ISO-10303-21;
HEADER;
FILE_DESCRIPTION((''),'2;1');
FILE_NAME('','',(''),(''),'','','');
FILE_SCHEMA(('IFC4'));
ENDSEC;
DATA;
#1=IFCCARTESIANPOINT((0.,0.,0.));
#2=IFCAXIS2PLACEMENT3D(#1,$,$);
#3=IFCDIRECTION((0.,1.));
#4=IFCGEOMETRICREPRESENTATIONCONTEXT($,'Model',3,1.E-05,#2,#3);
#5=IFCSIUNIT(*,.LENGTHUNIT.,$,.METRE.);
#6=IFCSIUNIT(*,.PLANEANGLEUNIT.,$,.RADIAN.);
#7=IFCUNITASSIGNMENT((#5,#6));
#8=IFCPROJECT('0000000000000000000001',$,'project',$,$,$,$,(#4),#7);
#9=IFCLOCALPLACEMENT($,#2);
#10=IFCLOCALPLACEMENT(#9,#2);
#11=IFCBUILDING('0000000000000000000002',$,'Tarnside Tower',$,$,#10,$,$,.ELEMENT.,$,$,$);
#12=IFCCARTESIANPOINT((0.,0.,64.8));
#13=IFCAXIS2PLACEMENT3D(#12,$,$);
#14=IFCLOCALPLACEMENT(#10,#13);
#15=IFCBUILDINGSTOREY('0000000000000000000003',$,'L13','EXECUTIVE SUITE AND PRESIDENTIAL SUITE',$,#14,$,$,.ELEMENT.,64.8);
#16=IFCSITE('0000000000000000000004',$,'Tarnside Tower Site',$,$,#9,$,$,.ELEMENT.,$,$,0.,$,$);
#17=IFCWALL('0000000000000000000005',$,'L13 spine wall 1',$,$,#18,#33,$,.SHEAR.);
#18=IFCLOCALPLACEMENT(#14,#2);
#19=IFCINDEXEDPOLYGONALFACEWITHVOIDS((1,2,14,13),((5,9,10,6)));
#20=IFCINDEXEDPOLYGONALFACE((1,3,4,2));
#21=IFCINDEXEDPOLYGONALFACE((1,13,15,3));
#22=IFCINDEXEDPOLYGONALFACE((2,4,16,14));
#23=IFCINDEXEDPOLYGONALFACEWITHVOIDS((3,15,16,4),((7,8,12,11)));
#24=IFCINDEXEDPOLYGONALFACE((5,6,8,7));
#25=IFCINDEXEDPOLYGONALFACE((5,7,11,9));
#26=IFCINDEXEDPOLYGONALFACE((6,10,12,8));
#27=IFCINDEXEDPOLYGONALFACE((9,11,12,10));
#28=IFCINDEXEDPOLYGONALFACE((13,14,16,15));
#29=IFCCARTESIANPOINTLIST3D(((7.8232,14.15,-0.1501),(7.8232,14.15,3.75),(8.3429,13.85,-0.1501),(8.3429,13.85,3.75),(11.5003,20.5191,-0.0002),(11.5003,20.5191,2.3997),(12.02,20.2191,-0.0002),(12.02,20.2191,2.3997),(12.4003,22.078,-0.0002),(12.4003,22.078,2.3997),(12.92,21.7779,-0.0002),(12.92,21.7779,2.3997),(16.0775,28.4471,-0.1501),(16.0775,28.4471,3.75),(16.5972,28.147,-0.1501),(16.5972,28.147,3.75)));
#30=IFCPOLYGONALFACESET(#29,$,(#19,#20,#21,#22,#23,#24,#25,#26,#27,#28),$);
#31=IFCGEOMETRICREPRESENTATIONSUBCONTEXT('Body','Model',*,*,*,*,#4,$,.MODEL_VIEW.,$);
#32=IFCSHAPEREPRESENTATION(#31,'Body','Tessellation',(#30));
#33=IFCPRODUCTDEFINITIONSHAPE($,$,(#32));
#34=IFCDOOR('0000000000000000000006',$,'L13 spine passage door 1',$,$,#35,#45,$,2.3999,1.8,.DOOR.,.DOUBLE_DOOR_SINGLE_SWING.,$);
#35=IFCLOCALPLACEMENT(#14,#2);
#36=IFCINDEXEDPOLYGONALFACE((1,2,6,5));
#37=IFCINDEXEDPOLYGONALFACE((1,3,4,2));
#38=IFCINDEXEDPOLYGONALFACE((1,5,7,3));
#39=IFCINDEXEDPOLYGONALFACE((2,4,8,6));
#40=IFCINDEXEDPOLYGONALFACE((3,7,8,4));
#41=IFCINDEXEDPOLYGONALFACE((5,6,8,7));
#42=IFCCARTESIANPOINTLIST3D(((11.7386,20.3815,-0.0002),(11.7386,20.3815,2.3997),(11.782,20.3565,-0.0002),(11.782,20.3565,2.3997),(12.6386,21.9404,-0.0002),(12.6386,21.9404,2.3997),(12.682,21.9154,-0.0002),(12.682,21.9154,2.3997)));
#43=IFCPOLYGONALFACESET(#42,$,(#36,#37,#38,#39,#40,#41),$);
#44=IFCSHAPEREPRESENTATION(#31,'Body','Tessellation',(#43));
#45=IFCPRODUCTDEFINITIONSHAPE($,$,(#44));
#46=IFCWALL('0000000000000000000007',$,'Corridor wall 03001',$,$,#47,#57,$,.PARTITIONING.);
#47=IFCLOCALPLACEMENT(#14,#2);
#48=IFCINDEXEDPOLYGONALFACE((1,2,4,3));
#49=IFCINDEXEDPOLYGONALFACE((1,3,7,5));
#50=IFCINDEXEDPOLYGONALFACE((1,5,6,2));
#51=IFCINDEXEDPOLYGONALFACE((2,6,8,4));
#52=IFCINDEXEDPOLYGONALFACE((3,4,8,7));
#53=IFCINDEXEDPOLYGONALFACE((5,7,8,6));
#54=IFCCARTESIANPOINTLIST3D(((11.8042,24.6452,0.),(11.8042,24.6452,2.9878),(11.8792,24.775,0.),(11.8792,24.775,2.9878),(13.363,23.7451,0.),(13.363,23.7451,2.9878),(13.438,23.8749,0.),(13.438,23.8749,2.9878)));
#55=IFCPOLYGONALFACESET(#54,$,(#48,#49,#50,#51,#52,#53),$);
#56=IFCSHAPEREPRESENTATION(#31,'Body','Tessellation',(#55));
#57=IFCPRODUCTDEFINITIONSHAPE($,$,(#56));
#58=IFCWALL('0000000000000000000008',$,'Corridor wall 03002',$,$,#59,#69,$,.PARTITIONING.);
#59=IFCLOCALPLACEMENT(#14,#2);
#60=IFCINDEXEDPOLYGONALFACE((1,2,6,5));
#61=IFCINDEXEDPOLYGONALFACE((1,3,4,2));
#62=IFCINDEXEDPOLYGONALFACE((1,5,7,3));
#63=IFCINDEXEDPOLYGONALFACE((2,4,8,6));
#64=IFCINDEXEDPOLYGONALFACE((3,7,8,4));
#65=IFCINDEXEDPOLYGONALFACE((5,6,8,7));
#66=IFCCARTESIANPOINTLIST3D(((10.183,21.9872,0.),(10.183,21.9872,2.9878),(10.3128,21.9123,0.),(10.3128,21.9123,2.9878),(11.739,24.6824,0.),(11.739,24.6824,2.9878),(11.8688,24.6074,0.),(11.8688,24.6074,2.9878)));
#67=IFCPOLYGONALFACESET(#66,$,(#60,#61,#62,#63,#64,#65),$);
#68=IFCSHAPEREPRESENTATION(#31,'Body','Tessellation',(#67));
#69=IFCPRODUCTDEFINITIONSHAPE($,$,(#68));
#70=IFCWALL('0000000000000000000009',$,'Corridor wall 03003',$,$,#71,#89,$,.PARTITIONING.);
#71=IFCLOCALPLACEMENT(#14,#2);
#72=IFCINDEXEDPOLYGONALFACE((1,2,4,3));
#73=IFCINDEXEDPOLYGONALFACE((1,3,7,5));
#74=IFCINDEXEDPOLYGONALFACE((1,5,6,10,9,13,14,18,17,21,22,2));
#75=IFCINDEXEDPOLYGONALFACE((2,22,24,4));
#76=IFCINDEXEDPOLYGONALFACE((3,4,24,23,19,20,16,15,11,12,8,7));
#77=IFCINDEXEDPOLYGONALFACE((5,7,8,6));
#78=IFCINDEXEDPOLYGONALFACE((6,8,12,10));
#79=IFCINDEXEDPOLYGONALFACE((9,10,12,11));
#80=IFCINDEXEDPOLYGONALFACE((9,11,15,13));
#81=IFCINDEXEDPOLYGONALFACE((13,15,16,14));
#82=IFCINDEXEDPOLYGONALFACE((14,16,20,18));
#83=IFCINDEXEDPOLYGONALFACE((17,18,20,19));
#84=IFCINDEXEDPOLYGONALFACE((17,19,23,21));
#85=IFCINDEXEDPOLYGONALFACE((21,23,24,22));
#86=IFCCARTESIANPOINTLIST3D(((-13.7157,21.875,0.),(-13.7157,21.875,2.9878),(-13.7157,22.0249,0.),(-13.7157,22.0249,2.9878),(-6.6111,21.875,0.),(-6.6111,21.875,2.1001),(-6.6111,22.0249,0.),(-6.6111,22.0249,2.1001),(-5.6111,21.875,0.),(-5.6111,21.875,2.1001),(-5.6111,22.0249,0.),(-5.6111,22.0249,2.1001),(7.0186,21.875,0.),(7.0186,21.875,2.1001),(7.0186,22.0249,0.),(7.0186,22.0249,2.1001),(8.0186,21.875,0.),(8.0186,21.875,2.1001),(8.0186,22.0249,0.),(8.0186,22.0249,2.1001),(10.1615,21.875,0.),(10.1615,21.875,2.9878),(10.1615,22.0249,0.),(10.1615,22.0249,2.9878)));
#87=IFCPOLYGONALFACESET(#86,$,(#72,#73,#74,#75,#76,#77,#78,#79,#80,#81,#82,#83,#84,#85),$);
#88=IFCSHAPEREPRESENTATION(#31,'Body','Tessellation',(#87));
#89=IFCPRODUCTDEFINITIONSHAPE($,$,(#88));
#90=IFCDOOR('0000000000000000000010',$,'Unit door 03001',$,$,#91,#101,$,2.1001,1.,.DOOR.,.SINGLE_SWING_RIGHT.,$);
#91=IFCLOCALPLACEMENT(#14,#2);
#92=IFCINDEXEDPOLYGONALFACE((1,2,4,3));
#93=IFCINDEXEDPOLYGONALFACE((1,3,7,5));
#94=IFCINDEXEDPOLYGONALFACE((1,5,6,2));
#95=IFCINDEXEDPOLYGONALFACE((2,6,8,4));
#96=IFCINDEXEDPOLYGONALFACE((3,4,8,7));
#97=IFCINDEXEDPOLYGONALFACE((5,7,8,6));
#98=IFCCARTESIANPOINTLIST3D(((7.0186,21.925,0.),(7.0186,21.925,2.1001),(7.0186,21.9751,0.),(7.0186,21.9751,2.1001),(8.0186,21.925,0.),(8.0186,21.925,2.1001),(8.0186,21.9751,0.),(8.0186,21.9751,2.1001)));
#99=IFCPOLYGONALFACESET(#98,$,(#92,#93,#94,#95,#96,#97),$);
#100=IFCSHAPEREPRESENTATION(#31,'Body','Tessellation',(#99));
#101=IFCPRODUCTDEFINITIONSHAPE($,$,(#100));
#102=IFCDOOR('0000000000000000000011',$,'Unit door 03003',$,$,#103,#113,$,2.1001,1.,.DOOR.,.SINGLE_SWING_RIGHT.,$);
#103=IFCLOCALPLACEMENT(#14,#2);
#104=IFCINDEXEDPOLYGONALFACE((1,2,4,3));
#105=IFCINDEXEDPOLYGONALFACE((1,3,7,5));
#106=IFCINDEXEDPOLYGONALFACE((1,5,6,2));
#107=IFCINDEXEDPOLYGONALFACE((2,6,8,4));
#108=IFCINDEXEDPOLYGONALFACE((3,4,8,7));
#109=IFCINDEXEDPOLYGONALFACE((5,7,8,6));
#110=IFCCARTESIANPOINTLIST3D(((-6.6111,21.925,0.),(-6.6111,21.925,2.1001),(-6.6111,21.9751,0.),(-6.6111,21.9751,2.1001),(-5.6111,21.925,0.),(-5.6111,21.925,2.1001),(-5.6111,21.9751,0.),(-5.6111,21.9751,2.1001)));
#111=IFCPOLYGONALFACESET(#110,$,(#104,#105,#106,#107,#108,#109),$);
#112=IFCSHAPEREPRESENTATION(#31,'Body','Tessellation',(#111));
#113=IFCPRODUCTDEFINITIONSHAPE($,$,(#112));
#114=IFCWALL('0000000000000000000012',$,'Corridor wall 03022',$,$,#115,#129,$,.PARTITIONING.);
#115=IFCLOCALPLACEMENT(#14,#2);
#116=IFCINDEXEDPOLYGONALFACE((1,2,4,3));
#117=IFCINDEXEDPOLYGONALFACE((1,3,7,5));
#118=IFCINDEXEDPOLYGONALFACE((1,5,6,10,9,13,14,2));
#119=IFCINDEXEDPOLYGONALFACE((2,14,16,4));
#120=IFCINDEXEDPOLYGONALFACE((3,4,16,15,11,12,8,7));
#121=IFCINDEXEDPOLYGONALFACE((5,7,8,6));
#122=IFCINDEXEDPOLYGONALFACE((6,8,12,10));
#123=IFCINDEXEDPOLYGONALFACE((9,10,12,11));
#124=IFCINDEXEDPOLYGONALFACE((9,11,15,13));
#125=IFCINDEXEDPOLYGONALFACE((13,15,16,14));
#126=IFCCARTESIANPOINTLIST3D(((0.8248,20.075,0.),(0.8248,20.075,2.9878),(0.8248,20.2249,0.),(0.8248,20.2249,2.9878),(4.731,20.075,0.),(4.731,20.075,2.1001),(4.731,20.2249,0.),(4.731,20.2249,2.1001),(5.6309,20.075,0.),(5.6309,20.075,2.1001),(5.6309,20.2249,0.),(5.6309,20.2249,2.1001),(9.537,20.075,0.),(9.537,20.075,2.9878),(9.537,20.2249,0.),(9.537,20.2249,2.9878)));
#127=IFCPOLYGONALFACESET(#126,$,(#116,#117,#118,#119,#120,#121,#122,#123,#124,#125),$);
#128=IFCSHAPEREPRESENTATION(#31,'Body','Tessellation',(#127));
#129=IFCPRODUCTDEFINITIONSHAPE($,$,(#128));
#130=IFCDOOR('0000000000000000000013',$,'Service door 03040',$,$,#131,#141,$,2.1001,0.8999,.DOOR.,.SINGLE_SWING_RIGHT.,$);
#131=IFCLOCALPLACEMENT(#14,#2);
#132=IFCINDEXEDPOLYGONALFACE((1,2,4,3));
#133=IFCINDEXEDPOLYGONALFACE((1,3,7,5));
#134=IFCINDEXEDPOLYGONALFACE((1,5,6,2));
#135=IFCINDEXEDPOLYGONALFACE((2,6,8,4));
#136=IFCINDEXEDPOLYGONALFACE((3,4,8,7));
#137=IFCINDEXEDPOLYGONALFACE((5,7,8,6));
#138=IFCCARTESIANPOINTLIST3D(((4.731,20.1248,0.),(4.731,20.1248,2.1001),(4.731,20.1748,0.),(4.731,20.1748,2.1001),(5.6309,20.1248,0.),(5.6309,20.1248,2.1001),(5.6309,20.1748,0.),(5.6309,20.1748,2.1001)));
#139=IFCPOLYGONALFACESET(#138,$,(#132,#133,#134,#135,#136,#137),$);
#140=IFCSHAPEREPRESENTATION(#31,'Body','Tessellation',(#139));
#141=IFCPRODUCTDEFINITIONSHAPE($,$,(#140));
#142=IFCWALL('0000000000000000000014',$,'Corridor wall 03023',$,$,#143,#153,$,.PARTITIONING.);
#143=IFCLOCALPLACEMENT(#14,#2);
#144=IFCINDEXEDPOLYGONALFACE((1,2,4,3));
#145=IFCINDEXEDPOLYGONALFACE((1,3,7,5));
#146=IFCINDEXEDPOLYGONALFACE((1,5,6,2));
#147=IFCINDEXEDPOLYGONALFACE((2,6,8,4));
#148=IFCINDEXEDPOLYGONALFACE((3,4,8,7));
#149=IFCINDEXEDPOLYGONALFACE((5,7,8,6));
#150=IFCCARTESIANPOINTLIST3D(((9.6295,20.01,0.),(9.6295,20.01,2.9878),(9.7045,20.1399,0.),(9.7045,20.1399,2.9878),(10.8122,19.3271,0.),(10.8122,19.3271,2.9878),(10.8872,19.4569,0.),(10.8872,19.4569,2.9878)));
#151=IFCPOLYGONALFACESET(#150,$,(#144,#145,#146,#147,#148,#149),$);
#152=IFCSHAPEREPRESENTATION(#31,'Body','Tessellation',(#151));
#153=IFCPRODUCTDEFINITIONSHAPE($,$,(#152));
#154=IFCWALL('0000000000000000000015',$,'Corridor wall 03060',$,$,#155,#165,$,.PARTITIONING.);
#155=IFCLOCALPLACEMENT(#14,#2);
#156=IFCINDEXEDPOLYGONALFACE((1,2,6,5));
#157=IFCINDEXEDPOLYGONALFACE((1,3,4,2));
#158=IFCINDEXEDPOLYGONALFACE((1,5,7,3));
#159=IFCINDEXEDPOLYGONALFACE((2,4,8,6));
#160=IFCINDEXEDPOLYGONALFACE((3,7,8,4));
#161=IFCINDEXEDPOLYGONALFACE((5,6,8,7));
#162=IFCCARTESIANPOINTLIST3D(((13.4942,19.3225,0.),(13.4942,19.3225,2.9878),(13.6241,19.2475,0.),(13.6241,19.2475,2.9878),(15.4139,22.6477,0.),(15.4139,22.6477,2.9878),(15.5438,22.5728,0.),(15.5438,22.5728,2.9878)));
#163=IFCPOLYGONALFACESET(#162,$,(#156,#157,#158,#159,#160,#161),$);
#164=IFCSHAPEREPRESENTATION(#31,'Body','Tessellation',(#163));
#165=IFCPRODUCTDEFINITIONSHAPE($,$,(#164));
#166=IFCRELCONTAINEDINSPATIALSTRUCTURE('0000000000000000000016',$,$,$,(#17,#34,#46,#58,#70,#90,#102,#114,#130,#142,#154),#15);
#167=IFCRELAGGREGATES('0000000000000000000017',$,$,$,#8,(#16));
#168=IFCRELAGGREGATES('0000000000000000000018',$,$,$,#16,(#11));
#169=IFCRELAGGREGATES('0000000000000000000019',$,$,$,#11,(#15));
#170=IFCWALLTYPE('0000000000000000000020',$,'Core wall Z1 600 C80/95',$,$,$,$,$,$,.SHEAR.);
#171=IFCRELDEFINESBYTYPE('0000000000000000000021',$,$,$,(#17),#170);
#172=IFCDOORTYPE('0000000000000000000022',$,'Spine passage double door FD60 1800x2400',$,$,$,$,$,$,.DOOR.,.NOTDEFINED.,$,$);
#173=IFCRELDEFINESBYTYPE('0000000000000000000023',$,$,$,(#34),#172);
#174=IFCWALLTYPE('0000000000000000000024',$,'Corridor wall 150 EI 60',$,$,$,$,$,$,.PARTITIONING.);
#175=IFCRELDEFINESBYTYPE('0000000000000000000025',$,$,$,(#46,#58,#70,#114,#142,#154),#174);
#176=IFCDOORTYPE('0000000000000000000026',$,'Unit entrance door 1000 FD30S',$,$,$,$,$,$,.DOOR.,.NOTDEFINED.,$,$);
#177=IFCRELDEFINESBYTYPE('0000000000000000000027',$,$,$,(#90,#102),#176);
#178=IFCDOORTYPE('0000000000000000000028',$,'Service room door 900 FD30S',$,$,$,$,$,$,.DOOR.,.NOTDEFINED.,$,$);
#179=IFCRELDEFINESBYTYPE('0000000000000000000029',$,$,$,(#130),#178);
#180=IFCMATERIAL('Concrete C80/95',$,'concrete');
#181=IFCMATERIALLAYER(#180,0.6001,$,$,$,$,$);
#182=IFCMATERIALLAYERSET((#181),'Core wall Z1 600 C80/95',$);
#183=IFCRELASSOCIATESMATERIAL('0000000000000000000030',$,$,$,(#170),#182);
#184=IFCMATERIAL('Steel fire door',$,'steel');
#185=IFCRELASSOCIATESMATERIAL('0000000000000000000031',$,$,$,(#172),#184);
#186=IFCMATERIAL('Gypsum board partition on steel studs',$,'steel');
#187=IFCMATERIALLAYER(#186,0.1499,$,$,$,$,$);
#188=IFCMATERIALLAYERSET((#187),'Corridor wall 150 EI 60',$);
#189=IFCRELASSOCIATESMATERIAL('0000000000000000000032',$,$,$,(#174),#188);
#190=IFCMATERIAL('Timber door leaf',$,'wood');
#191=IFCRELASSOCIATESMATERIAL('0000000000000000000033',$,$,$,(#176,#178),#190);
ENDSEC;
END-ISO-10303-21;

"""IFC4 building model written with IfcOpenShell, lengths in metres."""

from ifc_helpers import new_model, si_unit, direction, frame, frame_2d, origin, place, context, subcontext, project, spatial, rectangle, extrude, material, layer, layer_set, type_object, element, fill, save


model = new_model("IFC4")

# Units and contexts
model_context = context("Model", 3, precision=1e-05, world=origin(), true_north=direction((0.0, 1.0)))
body_context = subcontext(model_context, "Body", "Model", "MODEL_VIEW")
ifc_project = project(units=[si_unit("LENGTHUNIT", "METRE"), si_unit("PLANEANGLEUNIT", "RADIAN")], contexts=[model_context])

# Site, building, storey
site_placement = place(None, origin())
site = spatial("IfcSite", under=ifc_project, at=site_placement, Name="Tarnside Tower Site", CompositionType="ELEMENT", RefElevation=0.0)
building_placement = place(site_placement, origin())
building = spatial("IfcBuilding", under=site, at=building_placement, Name="Tarnside Tower", CompositionType="ELEMENT")
storey_placement = place(building_placement, frame((0.0, 0.0, 64.8)))
storey = spatial("IfcBuildingStorey", under=building, at=storey_placement, Name="L13", Description="EXECUTIVE SUITE AND PRESIDENTIAL SUITE", CompositionType="ELEMENT", Elevation=64.8)

# Wall, opening, door
ifc_material_1 = material(Name="Concrete C80/95", Category="concrete")
ifc_layer_1 = layer(ifc_material_1, 0.6001)
ifc_layer_set_1 = layer_set([ifc_layer_1], Name="Core wall Z1 600 C80/95")
wall_type_1 = type_object("IfcWallType", Name="Core wall Z1 600 C80/95", PredefinedType="SHEAR", material=ifc_layer_set_1)
wall_1_placement = place(storey_placement, frame((8.083, 14.0, -0.1501), z_axis=(0.0, 0.0, 1.0), x_axis=(0.499998, 0.866027, 0.0)))
wall_1 = element("IfcWall", 1, at=wall_1_placement, inside=storey, type_object=wall_type_1, Name="L13 spine wall 1", PredefinedType="SHEAR", context=body_context, shape_type="SweptSolid", body=[
    extrude(rectangle(XDim=16.5088, YDim=0.6001, at=frame_2d((8.2544, 0.0))), origin(), (0.0, 0.0, 1.0), 3.9001),
])
opening_1_placement = place(wall_1_placement, frame((7.3545, 0.0, 0.1499)))
opening_1 = element("IfcOpeningElement", 2, at=opening_1_placement, cuts=wall_1, PredefinedType="OPENING", context=body_context, shape_type="SweptSolid", body=[
    extrude(rectangle(XDim=1.8, YDim=2.3999, at=frame_2d((0.8999, 1.2))), frame((0.0, 0.3101, 0.0), z_axis=(0.0, -1.0, 0.0), x_axis=(1.0, 0.0, 0.0)), (0.0, 0.0, 1.0), 0.6201),
])
ifc_material_2 = material(Name="Steel fire door", Category="steel")
door_type_1 = type_object("IfcDoorType", Name="Spine passage double door FD60 1800x2400", OperationType="NOTDEFINED", PredefinedType="DOOR", material=ifc_material_2)
door_1_placement = place(opening_1_placement, origin())
door_1 = element("IfcDoor", 3, at=door_1_placement, inside=storey, type_object=door_type_1, Name="L13 spine passage door 1", OperationType="DOUBLE_DOOR_SINGLE_SWING", OverallHeight=2.3999, OverallWidth=1.8, PredefinedType="DOOR", context=body_context, shape_type="SweptSolid", body=[
    extrude(rectangle(XDim=1.8, YDim=2.3999, at=frame_2d((0.8999, 1.2))), frame((0.0, 0.0249, 0.0), z_axis=(0.0, -1.0, 0.0), x_axis=(1.0, 0.0, 0.0)), (0.0, 0.0, 1.0), 0.05),
])
fill(opening_1, door_1)

# Walls
ifc_material_3 = material(Name="Gypsum board partition on steel studs", Category="steel")
ifc_layer_2 = layer(ifc_material_3, 0.1499)
ifc_layer_set_2 = layer_set([ifc_layer_2], Name="Corridor wall 150 EI 60")
wall_type_2 = type_object("IfcWallType", Name="Corridor wall 150 EI 60", PredefinedType="PARTITIONING", material=ifc_layer_set_2)
wall_2_placement = place(storey_placement, frame((13.4004, 23.8101, 0.0), z_axis=(0.0, 0.0, 1.0), x_axis=(-0.865989, 0.500063, 0.0)))
element("IfcWall", 4, at=wall_2_placement, inside=storey, type_object=wall_type_2, Name="Corridor wall 03001", PredefinedType="PARTITIONING", context=body_context, shape_type="SweptSolid", body=[
    extrude(rectangle(XDim=1.8, YDim=0.1499, at=frame_2d((0.8999, 0.0))), origin(), (0.0, 0.0, 1.0), 2.9878),
])
wall_3_placement = place(storey_placement, frame((11.804, 24.645, 0.0), z_axis=(0.0, 0.0, 1.0), x_axis=(-0.499978, -0.866038, 0.0)))
element("IfcWall", 5, at=wall_3_placement, inside=storey, type_object=wall_type_2, Name="Corridor wall 03002", PredefinedType="PARTITIONING", context=body_context, shape_type="SweptSolid", body=[
    extrude(rectangle(XDim=3.1121, YDim=0.1499, at=frame_2d((1.5562, 0.0))), origin(), (0.0, 0.0, 1.0), 2.9878),
])

# Wall, openings, doors
wall_4_placement = place(storey_placement, frame((10.1614, 21.95, 0.0), z_axis=(0.0, 0.0, 1.0), x_axis=(-1.0, 0.0, 0.0)))
wall_4 = element("IfcWall", 6, at=wall_4_placement, inside=storey, type_object=wall_type_2, Name="Corridor wall 03003", PredefinedType="PARTITIONING", context=body_context, shape_type="SweptSolid", body=[
    extrude(rectangle(XDim=23.8772, YDim=0.1499, at=frame_2d((11.9385, 0.0))), origin(), (0.0, 0.0, 1.0), 2.9878),
])
opening_2_placement = place(wall_4_placement, frame((2.1428, 0.0, 0.0)))
opening_2 = element("IfcOpeningElement", 7, at=opening_2_placement, cuts=wall_4, PredefinedType="OPENING", context=body_context, shape_type="SweptSolid", body=[
    extrude(rectangle(XDim=1.0, YDim=2.1001, at=frame_2d((0.5, 1.05))), frame((0.0, 0.085, 0.0), z_axis=(0.0, -1.0, 0.0), x_axis=(1.0, 0.0, 0.0)), (0.0, 0.0, 1.0), 0.1699),
])
opening_3_placement = place(wall_4_placement, frame((15.7725, 0.0, 0.0)))
opening_3 = element("IfcOpeningElement", 8, at=opening_3_placement, cuts=wall_4, PredefinedType="OPENING", context=body_context, shape_type="SweptSolid", body=[
    extrude(rectangle(XDim=1.0, YDim=2.1001, at=frame_2d((0.5, 1.05))), frame((0.0, 0.085, 0.0), z_axis=(0.0, -1.0, 0.0), x_axis=(1.0, 0.0, 0.0)), (0.0, 0.0, 1.0), 0.1699),
])
ifc_material_4 = material(Name="Timber door leaf", Category="wood")
door_type_2 = type_object("IfcDoorType", Name="Unit entrance door 1000 FD30S", OperationType="NOTDEFINED", PredefinedType="DOOR", material=ifc_material_4)
door_2_placement = place(opening_2_placement, origin())
door_2 = element("IfcDoor", 9, at=door_2_placement, inside=storey, type_object=door_type_2, Name="Unit door 03001", OperationType="SINGLE_SWING_RIGHT", OverallHeight=2.1001, OverallWidth=1.0, PredefinedType="DOOR", context=body_context, shape_type="SweptSolid", body=[
    extrude(rectangle(XDim=1.0, YDim=2.1001, at=frame_2d((0.5, 1.05))), frame((0.0, 0.0249, 0.0), z_axis=(0.0, -1.0, 0.0), x_axis=(1.0, 0.0, 0.0)), (0.0, 0.0, 1.0), 0.05),
])
fill(opening_2, door_2)
door_3_placement = place(opening_3_placement, origin())
door_3 = element("IfcDoor", 10, at=door_3_placement, inside=storey, type_object=door_type_2, Name="Unit door 03003", OperationType="SINGLE_SWING_RIGHT", OverallHeight=2.1001, OverallWidth=1.0, PredefinedType="DOOR", context=body_context, shape_type="SweptSolid", body=[
    extrude(rectangle(XDim=1.0, YDim=2.1001, at=frame_2d((0.5, 1.05))), frame((0.0, 0.0249, 0.0), z_axis=(0.0, -1.0, 0.0), x_axis=(1.0, 0.0, 0.0)), (0.0, 0.0, 1.0), 0.05),
])
fill(opening_3, door_3)

# Wall, opening, door
wall_5_placement = place(storey_placement, frame((0.825, 20.1499, 0.0), z_axis=(0.0, 0.0, 1.0), x_axis=(1.0, 0.0, 0.0)))
wall_5 = element("IfcWall", 11, at=wall_5_placement, inside=storey, type_object=wall_type_2, Name="Corridor wall 03022", PredefinedType="PARTITIONING", context=body_context, shape_type="SweptSolid", body=[
    extrude(rectangle(XDim=8.7122, YDim=0.1499, at=frame_2d((4.356, 0.0))), origin(), (0.0, 0.0, 1.0), 2.9878),
])
opening_4_placement = place(wall_5_placement, frame((3.906, 0.0, 0.0)))
opening_4 = element("IfcOpeningElement", 12, at=opening_4_placement, cuts=wall_5, PredefinedType="OPENING", context=body_context, shape_type="SweptSolid", body=[
    extrude(rectangle(XDim=0.8999, YDim=2.1001, at=frame_2d((0.45, 1.05))), frame((0.0, 0.085, 0.0), z_axis=(0.0, -1.0, 0.0), x_axis=(1.0, 0.0, 0.0)), (0.0, 0.0, 1.0), 0.1699),
])
door_type_3 = type_object("IfcDoorType", Name="Service room door 900 FD30S", OperationType="NOTDEFINED", PredefinedType="DOOR", material=ifc_material_4)
door_4_placement = place(opening_4_placement, origin())
door_4 = element("IfcDoor", 13, at=door_4_placement, inside=storey, type_object=door_type_3, Name="Service door 03040", OperationType="SINGLE_SWING_RIGHT", OverallHeight=2.1001, OverallWidth=0.8999, PredefinedType="DOOR", context=body_context, shape_type="SweptSolid", body=[
    extrude(rectangle(XDim=0.8999, YDim=2.1001, at=frame_2d((0.45, 1.05))), frame((0.0, 0.0249, 0.0), z_axis=(0.0, -1.0, 0.0), x_axis=(1.0, 0.0, 0.0)), (0.0, 0.0, 1.0), 0.05),
])
fill(opening_4, door_4)

# Walls
wall_6_placement = place(storey_placement, frame((9.667, 20.075, 0.0), z_axis=(0.0, 0.0, 1.0), x_axis=(0.866001, -0.500042, 0.0)))
element("IfcWall", 14, at=wall_6_placement, inside=storey, type_object=wall_type_2, Name="Corridor wall 03023", PredefinedType="PARTITIONING", context=body_context, shape_type="SweptSolid", body=[
    extrude(rectangle(XDim=1.3657, YDim=0.1499, at=frame_2d((0.6829, 0.0))), origin(), (0.0, 0.0, 1.0), 2.9878),
])
wall_7_placement = place(storey_placement, frame((13.5591, 19.2849, 0.0), z_axis=(0.0, 0.0, 1.0), x_axis=(0.499976, 0.866039, 0.0)))
element("IfcWall", 15, at=wall_7_placement, inside=storey, type_object=wall_type_2, Name="Corridor wall 03060", PredefinedType="PARTITIONING", context=body_context, shape_type="SweptSolid", body=[
    extrude(rectangle(XDim=3.8396, YDim=0.1499, at=frame_2d((1.9199, 0.0))), origin(), (0.0, 0.0, 1.0), 2.9878),
])

save(model, "model.ifc")
